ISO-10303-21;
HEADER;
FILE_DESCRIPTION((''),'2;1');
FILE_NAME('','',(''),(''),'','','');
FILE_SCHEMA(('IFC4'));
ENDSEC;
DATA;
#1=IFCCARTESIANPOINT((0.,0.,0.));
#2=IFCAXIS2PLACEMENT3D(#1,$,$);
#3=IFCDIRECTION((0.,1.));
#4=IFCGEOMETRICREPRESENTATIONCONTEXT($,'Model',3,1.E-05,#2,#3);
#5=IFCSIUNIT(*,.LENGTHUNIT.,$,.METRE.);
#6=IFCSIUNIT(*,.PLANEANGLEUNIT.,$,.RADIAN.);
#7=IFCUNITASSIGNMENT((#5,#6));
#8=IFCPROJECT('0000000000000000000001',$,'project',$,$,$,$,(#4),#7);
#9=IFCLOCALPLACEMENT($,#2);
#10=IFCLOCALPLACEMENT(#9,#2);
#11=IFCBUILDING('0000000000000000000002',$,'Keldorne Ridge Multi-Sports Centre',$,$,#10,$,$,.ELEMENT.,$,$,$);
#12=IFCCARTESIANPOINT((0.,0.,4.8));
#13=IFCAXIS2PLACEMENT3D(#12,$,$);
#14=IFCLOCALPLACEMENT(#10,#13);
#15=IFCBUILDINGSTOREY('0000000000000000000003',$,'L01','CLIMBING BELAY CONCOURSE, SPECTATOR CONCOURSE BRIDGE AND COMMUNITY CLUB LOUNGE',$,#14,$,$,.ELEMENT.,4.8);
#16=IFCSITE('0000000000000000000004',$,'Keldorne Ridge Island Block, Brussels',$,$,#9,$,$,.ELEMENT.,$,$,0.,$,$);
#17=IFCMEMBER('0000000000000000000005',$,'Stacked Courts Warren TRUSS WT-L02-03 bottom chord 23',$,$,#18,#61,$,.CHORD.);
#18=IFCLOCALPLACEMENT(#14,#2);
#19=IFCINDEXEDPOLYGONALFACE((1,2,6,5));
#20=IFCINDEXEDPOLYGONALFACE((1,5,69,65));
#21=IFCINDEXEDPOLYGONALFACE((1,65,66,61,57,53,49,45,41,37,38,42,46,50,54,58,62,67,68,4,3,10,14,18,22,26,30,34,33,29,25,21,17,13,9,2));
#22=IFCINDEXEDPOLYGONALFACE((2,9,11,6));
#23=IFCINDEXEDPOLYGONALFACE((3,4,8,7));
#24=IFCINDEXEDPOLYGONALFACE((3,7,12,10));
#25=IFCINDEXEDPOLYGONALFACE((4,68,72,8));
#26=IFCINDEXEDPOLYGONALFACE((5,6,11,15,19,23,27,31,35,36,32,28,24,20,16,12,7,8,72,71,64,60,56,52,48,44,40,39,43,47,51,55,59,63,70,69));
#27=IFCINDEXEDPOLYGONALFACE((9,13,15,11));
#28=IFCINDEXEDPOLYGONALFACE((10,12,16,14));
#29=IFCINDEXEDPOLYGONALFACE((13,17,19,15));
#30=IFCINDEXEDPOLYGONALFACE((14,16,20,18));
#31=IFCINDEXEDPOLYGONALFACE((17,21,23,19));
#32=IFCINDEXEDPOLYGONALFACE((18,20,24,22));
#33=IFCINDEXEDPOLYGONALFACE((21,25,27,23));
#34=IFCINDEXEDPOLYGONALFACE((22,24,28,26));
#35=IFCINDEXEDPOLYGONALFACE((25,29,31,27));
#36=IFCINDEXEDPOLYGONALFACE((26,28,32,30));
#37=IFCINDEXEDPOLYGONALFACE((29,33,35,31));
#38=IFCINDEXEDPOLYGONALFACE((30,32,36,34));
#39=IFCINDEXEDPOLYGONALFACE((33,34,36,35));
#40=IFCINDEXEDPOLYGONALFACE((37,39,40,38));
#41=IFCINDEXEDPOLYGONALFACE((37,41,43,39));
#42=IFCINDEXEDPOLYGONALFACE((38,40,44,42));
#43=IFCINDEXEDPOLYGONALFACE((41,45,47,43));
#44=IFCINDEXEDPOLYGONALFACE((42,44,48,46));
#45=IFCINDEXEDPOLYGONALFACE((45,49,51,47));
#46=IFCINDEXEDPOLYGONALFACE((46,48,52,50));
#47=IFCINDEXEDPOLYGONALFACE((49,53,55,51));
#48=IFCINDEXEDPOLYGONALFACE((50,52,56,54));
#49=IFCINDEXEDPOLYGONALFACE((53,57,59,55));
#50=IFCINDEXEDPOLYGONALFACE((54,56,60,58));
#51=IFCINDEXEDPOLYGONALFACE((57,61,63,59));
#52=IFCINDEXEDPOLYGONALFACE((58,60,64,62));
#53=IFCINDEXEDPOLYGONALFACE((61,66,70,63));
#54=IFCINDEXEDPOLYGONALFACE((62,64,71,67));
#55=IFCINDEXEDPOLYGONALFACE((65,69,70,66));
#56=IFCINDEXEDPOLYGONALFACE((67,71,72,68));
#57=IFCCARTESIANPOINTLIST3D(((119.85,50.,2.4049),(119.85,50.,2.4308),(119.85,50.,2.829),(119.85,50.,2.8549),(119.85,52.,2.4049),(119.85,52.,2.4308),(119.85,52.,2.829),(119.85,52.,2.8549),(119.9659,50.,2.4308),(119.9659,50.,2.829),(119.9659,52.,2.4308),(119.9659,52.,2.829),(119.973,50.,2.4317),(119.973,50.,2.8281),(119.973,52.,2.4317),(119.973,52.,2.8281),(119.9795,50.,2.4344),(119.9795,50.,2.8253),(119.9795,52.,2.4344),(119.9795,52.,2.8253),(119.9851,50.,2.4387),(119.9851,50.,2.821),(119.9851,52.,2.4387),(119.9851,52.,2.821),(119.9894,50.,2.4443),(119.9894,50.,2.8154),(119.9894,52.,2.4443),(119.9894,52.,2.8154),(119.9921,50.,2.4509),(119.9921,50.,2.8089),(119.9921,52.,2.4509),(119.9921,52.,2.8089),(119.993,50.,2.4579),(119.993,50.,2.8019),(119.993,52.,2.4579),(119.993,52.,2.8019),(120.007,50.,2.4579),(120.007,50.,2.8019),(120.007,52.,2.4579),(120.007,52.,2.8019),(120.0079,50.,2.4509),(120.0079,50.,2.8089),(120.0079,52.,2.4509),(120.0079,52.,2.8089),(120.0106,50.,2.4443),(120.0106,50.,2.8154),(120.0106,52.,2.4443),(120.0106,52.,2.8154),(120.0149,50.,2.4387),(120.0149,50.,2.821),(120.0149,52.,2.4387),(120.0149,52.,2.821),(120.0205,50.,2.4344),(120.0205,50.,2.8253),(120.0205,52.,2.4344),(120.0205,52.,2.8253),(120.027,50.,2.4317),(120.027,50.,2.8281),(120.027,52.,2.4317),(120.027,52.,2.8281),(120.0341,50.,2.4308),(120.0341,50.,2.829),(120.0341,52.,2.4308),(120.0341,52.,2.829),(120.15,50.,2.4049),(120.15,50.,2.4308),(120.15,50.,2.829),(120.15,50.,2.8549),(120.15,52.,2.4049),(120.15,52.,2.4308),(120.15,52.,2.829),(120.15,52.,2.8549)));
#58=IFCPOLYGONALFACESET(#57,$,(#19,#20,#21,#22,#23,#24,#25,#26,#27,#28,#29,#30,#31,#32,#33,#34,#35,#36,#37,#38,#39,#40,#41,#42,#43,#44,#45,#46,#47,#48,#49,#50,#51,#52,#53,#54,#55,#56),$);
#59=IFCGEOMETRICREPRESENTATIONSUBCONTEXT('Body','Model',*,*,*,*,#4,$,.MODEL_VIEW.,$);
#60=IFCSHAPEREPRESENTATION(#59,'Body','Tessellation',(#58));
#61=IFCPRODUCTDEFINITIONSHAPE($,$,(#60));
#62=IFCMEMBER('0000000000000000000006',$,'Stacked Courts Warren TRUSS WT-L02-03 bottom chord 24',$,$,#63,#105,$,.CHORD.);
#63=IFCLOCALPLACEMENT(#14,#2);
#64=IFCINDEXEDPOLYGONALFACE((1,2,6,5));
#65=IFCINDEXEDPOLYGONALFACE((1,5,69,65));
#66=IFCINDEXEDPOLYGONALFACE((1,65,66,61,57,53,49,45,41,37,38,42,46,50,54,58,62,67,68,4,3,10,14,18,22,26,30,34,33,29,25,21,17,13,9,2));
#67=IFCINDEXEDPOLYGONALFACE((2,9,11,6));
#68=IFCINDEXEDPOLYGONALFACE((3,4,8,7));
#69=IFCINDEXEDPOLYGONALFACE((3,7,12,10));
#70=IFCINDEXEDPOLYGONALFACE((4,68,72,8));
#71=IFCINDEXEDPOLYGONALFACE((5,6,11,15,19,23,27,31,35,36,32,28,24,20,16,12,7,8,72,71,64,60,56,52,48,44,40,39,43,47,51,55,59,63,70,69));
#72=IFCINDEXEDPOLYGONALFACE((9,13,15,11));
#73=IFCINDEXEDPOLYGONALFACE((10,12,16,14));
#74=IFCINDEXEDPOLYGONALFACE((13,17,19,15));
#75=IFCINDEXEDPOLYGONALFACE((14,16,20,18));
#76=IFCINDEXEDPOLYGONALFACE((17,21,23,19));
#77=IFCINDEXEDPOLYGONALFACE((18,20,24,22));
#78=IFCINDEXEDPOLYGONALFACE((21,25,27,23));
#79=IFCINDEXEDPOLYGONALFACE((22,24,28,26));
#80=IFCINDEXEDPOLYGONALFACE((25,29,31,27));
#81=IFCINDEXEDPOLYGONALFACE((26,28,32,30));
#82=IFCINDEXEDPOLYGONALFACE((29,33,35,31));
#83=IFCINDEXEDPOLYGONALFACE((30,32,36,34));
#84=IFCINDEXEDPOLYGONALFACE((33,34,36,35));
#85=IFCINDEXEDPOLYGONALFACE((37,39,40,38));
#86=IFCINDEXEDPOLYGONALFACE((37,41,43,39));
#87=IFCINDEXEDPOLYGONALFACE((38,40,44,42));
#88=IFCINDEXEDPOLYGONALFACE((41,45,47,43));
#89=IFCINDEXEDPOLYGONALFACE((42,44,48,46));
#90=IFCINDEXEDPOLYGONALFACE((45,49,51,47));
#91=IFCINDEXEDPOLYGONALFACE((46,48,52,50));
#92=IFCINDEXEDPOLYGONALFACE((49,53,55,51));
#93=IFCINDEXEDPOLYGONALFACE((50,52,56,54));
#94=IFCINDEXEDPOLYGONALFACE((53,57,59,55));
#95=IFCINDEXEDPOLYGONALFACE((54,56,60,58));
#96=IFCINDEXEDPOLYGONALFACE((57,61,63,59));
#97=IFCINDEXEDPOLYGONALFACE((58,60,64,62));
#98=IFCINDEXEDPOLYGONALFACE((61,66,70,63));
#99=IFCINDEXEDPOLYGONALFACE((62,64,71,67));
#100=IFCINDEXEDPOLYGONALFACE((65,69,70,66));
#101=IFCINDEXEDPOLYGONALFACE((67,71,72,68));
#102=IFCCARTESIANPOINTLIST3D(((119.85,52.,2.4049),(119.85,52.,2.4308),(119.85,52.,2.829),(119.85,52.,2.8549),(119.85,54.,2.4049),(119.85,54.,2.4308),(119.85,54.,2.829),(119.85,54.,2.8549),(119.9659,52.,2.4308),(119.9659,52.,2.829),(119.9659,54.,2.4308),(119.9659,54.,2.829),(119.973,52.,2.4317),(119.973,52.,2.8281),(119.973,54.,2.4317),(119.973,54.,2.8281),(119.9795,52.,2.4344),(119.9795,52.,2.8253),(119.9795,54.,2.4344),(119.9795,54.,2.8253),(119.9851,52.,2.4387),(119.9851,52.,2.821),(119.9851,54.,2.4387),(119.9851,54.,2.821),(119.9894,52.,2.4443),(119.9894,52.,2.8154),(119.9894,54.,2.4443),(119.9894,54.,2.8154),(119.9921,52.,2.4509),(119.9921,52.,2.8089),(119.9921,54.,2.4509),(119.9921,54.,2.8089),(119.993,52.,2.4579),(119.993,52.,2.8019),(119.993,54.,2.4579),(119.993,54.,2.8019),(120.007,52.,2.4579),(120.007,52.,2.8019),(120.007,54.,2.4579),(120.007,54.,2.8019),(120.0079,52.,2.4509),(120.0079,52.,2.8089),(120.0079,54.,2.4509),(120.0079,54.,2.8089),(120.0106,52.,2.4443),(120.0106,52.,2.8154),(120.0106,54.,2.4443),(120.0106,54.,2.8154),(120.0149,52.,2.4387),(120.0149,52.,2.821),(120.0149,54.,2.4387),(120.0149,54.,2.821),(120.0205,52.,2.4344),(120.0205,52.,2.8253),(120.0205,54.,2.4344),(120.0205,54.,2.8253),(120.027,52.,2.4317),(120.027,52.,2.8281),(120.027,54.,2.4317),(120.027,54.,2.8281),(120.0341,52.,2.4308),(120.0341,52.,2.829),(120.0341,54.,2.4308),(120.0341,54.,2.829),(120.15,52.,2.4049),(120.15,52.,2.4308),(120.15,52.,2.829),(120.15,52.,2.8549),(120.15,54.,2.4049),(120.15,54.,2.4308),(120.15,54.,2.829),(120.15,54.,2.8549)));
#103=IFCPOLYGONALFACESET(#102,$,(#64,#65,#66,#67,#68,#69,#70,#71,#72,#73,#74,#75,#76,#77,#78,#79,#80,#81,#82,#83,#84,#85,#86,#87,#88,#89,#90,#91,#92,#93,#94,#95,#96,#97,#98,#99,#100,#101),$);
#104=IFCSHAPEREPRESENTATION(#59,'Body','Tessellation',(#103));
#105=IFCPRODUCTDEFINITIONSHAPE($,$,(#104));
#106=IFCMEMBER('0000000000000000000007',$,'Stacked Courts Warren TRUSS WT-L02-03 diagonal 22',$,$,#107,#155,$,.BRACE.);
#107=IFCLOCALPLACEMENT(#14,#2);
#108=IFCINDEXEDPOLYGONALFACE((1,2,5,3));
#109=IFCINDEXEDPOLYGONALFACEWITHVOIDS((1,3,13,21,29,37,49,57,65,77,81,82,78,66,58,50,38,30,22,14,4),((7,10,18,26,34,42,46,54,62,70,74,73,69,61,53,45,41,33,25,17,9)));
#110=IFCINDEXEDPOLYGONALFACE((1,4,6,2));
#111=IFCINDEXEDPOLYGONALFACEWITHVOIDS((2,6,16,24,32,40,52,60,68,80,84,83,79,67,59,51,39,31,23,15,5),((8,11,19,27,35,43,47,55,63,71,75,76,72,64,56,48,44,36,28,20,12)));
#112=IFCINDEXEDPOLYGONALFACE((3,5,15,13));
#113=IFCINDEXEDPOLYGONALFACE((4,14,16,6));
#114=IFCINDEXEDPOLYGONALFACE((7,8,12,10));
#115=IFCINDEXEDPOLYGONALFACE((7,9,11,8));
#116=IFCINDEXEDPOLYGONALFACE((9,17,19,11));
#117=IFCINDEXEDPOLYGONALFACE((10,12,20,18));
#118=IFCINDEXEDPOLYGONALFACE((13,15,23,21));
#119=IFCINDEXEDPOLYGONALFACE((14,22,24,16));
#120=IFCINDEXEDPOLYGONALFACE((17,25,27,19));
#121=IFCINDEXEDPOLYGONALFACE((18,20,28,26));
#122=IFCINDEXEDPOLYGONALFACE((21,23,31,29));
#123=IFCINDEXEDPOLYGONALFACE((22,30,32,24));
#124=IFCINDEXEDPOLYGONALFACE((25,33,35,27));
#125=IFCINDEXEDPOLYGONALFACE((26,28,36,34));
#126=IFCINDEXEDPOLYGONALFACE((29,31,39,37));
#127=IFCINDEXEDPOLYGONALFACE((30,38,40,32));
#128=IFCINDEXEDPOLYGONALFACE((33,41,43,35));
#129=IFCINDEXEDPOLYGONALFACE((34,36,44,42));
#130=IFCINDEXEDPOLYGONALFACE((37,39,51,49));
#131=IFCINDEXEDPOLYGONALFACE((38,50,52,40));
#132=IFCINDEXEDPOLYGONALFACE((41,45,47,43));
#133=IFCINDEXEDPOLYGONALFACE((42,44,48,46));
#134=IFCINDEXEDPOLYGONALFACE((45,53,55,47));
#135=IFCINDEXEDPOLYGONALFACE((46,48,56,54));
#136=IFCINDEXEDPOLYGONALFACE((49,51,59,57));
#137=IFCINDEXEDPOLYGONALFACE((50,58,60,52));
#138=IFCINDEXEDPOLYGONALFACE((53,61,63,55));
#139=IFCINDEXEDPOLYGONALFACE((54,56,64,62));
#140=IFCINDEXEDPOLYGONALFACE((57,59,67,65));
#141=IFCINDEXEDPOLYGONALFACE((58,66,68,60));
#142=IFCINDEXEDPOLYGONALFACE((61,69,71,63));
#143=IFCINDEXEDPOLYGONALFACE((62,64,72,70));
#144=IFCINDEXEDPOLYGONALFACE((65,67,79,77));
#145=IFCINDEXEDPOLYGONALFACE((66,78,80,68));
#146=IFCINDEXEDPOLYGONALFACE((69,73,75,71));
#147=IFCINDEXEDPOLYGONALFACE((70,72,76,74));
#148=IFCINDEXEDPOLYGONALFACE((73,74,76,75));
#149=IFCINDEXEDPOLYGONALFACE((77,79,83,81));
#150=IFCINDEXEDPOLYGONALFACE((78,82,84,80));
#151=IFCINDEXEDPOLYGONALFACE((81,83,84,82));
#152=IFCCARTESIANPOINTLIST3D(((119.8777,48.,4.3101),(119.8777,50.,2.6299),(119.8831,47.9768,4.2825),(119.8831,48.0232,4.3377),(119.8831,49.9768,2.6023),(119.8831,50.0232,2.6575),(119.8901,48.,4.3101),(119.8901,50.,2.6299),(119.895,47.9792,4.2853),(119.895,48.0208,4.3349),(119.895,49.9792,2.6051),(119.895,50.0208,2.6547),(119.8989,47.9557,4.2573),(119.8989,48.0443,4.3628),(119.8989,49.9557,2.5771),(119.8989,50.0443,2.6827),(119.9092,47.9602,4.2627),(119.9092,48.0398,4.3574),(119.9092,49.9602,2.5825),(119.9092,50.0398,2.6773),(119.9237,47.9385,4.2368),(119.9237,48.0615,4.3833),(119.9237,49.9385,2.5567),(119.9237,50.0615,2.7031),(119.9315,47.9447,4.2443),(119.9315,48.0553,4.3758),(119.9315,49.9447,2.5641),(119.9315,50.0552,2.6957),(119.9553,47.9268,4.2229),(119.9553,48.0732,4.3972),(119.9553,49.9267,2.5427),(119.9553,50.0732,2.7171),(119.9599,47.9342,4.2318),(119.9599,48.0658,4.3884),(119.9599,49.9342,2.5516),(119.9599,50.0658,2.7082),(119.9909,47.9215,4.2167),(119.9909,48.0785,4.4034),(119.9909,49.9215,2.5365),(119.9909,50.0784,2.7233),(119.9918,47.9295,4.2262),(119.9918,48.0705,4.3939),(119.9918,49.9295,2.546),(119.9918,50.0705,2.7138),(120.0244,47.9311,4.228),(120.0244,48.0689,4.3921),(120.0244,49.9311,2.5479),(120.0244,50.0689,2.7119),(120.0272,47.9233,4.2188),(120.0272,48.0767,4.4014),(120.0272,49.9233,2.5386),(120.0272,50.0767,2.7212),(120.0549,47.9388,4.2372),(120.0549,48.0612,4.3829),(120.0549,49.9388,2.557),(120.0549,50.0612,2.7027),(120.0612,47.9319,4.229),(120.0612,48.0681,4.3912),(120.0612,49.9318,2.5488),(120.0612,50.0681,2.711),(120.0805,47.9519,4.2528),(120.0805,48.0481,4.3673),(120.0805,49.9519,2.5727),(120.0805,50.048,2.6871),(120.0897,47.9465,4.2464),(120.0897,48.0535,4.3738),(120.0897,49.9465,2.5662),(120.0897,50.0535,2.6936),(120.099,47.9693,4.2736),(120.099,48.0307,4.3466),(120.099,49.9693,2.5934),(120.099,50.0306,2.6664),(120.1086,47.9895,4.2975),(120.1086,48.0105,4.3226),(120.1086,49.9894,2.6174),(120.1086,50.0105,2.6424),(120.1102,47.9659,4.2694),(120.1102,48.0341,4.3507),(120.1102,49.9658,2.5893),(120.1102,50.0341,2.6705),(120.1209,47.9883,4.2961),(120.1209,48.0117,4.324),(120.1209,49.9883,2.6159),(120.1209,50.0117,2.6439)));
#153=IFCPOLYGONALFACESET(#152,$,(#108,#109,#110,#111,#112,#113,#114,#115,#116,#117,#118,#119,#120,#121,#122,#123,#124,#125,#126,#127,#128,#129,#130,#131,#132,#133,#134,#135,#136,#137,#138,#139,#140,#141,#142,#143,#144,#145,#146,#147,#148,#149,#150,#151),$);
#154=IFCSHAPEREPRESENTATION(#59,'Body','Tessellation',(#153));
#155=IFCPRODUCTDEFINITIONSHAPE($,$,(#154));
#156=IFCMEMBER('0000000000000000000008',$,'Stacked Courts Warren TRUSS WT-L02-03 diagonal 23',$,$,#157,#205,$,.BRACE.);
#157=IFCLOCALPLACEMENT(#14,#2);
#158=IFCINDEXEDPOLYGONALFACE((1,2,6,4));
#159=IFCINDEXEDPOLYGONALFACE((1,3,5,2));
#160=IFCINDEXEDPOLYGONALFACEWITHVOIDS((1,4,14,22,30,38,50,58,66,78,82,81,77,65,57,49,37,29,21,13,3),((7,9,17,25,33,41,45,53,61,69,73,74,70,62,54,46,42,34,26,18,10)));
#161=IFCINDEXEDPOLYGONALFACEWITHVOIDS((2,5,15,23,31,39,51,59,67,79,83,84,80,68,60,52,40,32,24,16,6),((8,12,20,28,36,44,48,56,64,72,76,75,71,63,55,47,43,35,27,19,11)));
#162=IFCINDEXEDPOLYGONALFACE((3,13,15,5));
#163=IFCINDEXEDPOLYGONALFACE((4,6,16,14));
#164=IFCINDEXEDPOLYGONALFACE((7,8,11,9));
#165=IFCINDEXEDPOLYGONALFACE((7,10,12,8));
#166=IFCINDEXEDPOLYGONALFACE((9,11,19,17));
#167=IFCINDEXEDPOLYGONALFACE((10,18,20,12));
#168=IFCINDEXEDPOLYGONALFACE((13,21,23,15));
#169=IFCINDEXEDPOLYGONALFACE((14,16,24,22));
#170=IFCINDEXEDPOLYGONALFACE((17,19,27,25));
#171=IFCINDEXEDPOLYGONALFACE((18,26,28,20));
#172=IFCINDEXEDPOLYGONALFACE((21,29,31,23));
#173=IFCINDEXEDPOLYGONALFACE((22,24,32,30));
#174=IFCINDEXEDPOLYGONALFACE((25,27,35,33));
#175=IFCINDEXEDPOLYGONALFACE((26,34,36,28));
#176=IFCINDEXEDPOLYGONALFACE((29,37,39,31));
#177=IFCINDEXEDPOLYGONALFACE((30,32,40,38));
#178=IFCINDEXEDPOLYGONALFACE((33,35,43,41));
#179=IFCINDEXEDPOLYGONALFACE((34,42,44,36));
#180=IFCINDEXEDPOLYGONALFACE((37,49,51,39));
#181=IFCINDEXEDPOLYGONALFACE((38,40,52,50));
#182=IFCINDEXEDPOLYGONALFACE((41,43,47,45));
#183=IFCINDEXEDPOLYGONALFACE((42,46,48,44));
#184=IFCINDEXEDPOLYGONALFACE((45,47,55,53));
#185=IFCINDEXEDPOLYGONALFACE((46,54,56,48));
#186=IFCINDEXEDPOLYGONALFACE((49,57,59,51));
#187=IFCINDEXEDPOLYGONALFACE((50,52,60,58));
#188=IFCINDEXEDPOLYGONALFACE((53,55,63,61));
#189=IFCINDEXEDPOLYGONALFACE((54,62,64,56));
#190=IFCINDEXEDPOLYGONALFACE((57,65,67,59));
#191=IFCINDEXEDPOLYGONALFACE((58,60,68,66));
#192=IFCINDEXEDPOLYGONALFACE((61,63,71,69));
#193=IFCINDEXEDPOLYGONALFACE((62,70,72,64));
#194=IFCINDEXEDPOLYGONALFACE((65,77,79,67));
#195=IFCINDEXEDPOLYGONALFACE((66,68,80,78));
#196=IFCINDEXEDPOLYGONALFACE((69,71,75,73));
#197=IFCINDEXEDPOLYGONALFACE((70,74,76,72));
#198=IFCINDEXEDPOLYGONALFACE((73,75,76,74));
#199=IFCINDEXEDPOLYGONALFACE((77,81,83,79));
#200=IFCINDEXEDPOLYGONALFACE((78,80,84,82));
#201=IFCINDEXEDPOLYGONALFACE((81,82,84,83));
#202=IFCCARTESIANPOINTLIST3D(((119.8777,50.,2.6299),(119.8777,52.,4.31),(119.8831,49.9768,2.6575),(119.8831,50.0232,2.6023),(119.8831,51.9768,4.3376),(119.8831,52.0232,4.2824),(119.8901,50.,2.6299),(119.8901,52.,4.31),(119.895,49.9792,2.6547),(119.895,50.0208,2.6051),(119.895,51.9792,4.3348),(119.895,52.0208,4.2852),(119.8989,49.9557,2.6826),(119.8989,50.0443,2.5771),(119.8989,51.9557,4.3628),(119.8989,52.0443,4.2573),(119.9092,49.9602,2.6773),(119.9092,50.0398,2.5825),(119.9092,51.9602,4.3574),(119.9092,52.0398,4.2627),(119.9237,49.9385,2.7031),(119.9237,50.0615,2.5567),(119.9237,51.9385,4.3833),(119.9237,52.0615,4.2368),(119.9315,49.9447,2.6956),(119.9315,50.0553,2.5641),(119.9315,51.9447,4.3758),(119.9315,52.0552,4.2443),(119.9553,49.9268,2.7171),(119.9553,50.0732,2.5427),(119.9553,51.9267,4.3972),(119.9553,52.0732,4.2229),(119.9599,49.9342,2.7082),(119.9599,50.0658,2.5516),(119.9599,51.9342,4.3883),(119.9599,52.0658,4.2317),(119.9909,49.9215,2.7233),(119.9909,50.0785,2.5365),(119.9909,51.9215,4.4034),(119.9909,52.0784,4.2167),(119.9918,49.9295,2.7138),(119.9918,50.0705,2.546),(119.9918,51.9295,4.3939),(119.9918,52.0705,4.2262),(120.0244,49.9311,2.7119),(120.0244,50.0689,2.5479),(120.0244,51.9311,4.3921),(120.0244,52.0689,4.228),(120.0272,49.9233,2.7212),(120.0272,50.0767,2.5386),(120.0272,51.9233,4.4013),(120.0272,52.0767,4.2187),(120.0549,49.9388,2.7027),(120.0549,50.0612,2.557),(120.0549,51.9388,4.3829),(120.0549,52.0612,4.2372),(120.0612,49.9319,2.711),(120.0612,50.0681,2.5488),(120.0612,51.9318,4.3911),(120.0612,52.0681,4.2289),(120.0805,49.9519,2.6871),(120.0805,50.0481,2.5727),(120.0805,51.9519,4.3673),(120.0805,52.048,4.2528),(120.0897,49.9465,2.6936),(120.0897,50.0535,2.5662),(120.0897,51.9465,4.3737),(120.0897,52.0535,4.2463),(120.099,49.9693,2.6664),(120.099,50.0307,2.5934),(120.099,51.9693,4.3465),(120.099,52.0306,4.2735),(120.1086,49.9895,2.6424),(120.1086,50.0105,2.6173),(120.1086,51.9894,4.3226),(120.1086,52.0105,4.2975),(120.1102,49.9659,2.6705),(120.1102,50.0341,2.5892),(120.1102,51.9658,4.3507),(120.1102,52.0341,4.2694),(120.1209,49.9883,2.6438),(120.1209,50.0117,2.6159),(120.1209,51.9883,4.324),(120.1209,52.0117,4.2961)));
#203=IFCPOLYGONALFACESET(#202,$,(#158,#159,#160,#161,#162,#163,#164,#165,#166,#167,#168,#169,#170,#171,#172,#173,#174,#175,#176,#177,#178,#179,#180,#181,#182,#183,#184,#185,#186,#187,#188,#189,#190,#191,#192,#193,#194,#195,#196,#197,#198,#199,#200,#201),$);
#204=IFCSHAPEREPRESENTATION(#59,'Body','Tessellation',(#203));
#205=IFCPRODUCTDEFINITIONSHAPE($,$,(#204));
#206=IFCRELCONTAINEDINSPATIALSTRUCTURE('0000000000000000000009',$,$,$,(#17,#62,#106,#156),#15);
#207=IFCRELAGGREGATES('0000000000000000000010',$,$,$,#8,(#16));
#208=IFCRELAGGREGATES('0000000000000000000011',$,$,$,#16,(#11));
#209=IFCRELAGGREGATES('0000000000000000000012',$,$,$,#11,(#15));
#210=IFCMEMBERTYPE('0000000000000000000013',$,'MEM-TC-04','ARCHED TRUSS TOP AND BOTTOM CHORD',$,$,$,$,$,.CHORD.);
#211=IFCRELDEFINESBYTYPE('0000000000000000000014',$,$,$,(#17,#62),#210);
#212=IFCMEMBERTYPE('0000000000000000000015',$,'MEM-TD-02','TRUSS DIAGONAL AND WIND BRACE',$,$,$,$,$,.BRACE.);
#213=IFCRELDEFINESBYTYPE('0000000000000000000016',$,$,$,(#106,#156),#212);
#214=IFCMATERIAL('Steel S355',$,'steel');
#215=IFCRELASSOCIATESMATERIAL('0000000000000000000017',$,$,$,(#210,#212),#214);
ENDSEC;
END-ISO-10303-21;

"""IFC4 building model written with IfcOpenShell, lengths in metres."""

from ifc_helpers import new_model, si_unit, direction, frame, origin, origin_2d, place, context, subcontext, project, spatial, hollow_circle, i_section, extrude, material, material_profile, profile_set, type_object, element, save


model = new_model("IFC4")

# Units and contexts
model_context = context("Model", 3, precision=1e-05, world=origin(), true_north=direction((0.0, 1.0)))
body_context = subcontext(model_context, "Body", "Model", "MODEL_VIEW")
ifc_project = project(units=[si_unit("LENGTHUNIT", "METRE"), si_unit("PLANEANGLEUNIT", "RADIAN")], contexts=[model_context])

# Site, building, storey
site_placement = place(None, origin())
site = spatial("IfcSite", under=ifc_project, at=site_placement, Name="Keldorne Ridge Island Block, Brussels", CompositionType="ELEMENT", RefElevation=0.0)
building_placement = place(site_placement, origin())
building = spatial("IfcBuilding", under=site, at=building_placement, Name="Keldorne Ridge Multi-Sports Centre", CompositionType="ELEMENT")
storey_placement = place(building_placement, frame((0.0, 0.0, 4.8)))
storey = spatial("IfcBuildingStorey", under=building, at=storey_placement, Name="L01", Description="CLIMBING BELAY CONCOURSE, SPECTATOR CONCOURSE BRIDGE AND COMMUNITY CLUB LOUNGE", CompositionType="ELEMENT", Elevation=4.8)

# Shared definitions
ifc_material_1 = material(Name="Steel S355", Category="steel")

# Members
ifc_material_profile_1 = material_profile(ifc_material_1, i_section(OverallWidth=0.3, OverallDepth=0.45, WebThickness=0.0139, FlangeThickness=0.0259, FilletRadius=0.0271, at=origin_2d()), Name="HEB 450")
ifc_profile_set_1 = profile_set([ifc_material_profile_1], Name="Steel S355")
member_type_1 = type_object("IfcMemberType", Name="MEM-TC-04", Description="ARCHED TRUSS TOP AND BOTTOM CHORD", PredefinedType="CHORD", material=ifc_profile_set_1)
for number, where, z_axis, x_axis, name in (
    (1, (120.0, 50.0, 2.6299), (0.0, 1.0, 0.0), (-1.0, 0.0, 0.0), "Stacked Courts Warren TRUSS WT-L02-03 bottom chord 23"),
    (2, (120.0, 52.0, 2.6299), (0.0, 1.0, 0.0), (-1.0, 0.0, 0.0), "Stacked Courts Warren TRUSS WT-L02-03 bottom chord 24"),
):
    element("IfcMember", number, at=place(storey_placement, frame(where, z_axis=z_axis, x_axis=x_axis)), inside=storey, type_object=member_type_1, Name=name, PredefinedType="CHORD", context=body_context, shape_type="SweptSolid", body=[
        extrude(i_section(OverallWidth=0.3, OverallDepth=0.45, WebThickness=0.0139, FlangeThickness=0.0259, FilletRadius=0.0271, at=origin_2d()), origin(), (0.0, 0.0, 1.0), 2.0),
    ])
ifc_material_profile_2 = material_profile(ifc_material_1, hollow_circle(Radius=0.1223, WallThickness=0.0125, at=origin_2d()), Name="CHS 244.5x12.5")
ifc_profile_set_2 = profile_set([ifc_material_profile_2], Name="Steel S355")
member_type_2 = type_object("IfcMemberType", Name="MEM-TD-02", Description="TRUSS DIAGONAL AND WIND BRACE", PredefinedType="BRACE", material=ifc_profile_set_2)
for number, where, z_axis, x_axis, name in (
    (3, (120.0, 48.0, 4.3101), (0.0, 0.765672, -0.643232), (-1.0, 0.0, 0.0), "Stacked Courts Warren TRUSS WT-L02-03 diagonal 22"),
    (4, (120.0, 50.0, 2.6299), (0.0, 0.765672, 0.643232), (-1.0, 0.0, 0.0), "Stacked Courts Warren TRUSS WT-L02-03 diagonal 23"),
):
    element("IfcMember", number, at=place(storey_placement, frame(where, z_axis=z_axis, x_axis=x_axis)), inside=storey, type_object=member_type_2, Name=name, PredefinedType="BRACE", context=body_context, shape_type="SweptSolid", body=[
        extrude(hollow_circle(Radius=0.1223, WallThickness=0.0125, at=origin_2d()), origin(), (0.0, 0.0, 1.0), 2.6121),
    ])

save(model, "model.ifc")
